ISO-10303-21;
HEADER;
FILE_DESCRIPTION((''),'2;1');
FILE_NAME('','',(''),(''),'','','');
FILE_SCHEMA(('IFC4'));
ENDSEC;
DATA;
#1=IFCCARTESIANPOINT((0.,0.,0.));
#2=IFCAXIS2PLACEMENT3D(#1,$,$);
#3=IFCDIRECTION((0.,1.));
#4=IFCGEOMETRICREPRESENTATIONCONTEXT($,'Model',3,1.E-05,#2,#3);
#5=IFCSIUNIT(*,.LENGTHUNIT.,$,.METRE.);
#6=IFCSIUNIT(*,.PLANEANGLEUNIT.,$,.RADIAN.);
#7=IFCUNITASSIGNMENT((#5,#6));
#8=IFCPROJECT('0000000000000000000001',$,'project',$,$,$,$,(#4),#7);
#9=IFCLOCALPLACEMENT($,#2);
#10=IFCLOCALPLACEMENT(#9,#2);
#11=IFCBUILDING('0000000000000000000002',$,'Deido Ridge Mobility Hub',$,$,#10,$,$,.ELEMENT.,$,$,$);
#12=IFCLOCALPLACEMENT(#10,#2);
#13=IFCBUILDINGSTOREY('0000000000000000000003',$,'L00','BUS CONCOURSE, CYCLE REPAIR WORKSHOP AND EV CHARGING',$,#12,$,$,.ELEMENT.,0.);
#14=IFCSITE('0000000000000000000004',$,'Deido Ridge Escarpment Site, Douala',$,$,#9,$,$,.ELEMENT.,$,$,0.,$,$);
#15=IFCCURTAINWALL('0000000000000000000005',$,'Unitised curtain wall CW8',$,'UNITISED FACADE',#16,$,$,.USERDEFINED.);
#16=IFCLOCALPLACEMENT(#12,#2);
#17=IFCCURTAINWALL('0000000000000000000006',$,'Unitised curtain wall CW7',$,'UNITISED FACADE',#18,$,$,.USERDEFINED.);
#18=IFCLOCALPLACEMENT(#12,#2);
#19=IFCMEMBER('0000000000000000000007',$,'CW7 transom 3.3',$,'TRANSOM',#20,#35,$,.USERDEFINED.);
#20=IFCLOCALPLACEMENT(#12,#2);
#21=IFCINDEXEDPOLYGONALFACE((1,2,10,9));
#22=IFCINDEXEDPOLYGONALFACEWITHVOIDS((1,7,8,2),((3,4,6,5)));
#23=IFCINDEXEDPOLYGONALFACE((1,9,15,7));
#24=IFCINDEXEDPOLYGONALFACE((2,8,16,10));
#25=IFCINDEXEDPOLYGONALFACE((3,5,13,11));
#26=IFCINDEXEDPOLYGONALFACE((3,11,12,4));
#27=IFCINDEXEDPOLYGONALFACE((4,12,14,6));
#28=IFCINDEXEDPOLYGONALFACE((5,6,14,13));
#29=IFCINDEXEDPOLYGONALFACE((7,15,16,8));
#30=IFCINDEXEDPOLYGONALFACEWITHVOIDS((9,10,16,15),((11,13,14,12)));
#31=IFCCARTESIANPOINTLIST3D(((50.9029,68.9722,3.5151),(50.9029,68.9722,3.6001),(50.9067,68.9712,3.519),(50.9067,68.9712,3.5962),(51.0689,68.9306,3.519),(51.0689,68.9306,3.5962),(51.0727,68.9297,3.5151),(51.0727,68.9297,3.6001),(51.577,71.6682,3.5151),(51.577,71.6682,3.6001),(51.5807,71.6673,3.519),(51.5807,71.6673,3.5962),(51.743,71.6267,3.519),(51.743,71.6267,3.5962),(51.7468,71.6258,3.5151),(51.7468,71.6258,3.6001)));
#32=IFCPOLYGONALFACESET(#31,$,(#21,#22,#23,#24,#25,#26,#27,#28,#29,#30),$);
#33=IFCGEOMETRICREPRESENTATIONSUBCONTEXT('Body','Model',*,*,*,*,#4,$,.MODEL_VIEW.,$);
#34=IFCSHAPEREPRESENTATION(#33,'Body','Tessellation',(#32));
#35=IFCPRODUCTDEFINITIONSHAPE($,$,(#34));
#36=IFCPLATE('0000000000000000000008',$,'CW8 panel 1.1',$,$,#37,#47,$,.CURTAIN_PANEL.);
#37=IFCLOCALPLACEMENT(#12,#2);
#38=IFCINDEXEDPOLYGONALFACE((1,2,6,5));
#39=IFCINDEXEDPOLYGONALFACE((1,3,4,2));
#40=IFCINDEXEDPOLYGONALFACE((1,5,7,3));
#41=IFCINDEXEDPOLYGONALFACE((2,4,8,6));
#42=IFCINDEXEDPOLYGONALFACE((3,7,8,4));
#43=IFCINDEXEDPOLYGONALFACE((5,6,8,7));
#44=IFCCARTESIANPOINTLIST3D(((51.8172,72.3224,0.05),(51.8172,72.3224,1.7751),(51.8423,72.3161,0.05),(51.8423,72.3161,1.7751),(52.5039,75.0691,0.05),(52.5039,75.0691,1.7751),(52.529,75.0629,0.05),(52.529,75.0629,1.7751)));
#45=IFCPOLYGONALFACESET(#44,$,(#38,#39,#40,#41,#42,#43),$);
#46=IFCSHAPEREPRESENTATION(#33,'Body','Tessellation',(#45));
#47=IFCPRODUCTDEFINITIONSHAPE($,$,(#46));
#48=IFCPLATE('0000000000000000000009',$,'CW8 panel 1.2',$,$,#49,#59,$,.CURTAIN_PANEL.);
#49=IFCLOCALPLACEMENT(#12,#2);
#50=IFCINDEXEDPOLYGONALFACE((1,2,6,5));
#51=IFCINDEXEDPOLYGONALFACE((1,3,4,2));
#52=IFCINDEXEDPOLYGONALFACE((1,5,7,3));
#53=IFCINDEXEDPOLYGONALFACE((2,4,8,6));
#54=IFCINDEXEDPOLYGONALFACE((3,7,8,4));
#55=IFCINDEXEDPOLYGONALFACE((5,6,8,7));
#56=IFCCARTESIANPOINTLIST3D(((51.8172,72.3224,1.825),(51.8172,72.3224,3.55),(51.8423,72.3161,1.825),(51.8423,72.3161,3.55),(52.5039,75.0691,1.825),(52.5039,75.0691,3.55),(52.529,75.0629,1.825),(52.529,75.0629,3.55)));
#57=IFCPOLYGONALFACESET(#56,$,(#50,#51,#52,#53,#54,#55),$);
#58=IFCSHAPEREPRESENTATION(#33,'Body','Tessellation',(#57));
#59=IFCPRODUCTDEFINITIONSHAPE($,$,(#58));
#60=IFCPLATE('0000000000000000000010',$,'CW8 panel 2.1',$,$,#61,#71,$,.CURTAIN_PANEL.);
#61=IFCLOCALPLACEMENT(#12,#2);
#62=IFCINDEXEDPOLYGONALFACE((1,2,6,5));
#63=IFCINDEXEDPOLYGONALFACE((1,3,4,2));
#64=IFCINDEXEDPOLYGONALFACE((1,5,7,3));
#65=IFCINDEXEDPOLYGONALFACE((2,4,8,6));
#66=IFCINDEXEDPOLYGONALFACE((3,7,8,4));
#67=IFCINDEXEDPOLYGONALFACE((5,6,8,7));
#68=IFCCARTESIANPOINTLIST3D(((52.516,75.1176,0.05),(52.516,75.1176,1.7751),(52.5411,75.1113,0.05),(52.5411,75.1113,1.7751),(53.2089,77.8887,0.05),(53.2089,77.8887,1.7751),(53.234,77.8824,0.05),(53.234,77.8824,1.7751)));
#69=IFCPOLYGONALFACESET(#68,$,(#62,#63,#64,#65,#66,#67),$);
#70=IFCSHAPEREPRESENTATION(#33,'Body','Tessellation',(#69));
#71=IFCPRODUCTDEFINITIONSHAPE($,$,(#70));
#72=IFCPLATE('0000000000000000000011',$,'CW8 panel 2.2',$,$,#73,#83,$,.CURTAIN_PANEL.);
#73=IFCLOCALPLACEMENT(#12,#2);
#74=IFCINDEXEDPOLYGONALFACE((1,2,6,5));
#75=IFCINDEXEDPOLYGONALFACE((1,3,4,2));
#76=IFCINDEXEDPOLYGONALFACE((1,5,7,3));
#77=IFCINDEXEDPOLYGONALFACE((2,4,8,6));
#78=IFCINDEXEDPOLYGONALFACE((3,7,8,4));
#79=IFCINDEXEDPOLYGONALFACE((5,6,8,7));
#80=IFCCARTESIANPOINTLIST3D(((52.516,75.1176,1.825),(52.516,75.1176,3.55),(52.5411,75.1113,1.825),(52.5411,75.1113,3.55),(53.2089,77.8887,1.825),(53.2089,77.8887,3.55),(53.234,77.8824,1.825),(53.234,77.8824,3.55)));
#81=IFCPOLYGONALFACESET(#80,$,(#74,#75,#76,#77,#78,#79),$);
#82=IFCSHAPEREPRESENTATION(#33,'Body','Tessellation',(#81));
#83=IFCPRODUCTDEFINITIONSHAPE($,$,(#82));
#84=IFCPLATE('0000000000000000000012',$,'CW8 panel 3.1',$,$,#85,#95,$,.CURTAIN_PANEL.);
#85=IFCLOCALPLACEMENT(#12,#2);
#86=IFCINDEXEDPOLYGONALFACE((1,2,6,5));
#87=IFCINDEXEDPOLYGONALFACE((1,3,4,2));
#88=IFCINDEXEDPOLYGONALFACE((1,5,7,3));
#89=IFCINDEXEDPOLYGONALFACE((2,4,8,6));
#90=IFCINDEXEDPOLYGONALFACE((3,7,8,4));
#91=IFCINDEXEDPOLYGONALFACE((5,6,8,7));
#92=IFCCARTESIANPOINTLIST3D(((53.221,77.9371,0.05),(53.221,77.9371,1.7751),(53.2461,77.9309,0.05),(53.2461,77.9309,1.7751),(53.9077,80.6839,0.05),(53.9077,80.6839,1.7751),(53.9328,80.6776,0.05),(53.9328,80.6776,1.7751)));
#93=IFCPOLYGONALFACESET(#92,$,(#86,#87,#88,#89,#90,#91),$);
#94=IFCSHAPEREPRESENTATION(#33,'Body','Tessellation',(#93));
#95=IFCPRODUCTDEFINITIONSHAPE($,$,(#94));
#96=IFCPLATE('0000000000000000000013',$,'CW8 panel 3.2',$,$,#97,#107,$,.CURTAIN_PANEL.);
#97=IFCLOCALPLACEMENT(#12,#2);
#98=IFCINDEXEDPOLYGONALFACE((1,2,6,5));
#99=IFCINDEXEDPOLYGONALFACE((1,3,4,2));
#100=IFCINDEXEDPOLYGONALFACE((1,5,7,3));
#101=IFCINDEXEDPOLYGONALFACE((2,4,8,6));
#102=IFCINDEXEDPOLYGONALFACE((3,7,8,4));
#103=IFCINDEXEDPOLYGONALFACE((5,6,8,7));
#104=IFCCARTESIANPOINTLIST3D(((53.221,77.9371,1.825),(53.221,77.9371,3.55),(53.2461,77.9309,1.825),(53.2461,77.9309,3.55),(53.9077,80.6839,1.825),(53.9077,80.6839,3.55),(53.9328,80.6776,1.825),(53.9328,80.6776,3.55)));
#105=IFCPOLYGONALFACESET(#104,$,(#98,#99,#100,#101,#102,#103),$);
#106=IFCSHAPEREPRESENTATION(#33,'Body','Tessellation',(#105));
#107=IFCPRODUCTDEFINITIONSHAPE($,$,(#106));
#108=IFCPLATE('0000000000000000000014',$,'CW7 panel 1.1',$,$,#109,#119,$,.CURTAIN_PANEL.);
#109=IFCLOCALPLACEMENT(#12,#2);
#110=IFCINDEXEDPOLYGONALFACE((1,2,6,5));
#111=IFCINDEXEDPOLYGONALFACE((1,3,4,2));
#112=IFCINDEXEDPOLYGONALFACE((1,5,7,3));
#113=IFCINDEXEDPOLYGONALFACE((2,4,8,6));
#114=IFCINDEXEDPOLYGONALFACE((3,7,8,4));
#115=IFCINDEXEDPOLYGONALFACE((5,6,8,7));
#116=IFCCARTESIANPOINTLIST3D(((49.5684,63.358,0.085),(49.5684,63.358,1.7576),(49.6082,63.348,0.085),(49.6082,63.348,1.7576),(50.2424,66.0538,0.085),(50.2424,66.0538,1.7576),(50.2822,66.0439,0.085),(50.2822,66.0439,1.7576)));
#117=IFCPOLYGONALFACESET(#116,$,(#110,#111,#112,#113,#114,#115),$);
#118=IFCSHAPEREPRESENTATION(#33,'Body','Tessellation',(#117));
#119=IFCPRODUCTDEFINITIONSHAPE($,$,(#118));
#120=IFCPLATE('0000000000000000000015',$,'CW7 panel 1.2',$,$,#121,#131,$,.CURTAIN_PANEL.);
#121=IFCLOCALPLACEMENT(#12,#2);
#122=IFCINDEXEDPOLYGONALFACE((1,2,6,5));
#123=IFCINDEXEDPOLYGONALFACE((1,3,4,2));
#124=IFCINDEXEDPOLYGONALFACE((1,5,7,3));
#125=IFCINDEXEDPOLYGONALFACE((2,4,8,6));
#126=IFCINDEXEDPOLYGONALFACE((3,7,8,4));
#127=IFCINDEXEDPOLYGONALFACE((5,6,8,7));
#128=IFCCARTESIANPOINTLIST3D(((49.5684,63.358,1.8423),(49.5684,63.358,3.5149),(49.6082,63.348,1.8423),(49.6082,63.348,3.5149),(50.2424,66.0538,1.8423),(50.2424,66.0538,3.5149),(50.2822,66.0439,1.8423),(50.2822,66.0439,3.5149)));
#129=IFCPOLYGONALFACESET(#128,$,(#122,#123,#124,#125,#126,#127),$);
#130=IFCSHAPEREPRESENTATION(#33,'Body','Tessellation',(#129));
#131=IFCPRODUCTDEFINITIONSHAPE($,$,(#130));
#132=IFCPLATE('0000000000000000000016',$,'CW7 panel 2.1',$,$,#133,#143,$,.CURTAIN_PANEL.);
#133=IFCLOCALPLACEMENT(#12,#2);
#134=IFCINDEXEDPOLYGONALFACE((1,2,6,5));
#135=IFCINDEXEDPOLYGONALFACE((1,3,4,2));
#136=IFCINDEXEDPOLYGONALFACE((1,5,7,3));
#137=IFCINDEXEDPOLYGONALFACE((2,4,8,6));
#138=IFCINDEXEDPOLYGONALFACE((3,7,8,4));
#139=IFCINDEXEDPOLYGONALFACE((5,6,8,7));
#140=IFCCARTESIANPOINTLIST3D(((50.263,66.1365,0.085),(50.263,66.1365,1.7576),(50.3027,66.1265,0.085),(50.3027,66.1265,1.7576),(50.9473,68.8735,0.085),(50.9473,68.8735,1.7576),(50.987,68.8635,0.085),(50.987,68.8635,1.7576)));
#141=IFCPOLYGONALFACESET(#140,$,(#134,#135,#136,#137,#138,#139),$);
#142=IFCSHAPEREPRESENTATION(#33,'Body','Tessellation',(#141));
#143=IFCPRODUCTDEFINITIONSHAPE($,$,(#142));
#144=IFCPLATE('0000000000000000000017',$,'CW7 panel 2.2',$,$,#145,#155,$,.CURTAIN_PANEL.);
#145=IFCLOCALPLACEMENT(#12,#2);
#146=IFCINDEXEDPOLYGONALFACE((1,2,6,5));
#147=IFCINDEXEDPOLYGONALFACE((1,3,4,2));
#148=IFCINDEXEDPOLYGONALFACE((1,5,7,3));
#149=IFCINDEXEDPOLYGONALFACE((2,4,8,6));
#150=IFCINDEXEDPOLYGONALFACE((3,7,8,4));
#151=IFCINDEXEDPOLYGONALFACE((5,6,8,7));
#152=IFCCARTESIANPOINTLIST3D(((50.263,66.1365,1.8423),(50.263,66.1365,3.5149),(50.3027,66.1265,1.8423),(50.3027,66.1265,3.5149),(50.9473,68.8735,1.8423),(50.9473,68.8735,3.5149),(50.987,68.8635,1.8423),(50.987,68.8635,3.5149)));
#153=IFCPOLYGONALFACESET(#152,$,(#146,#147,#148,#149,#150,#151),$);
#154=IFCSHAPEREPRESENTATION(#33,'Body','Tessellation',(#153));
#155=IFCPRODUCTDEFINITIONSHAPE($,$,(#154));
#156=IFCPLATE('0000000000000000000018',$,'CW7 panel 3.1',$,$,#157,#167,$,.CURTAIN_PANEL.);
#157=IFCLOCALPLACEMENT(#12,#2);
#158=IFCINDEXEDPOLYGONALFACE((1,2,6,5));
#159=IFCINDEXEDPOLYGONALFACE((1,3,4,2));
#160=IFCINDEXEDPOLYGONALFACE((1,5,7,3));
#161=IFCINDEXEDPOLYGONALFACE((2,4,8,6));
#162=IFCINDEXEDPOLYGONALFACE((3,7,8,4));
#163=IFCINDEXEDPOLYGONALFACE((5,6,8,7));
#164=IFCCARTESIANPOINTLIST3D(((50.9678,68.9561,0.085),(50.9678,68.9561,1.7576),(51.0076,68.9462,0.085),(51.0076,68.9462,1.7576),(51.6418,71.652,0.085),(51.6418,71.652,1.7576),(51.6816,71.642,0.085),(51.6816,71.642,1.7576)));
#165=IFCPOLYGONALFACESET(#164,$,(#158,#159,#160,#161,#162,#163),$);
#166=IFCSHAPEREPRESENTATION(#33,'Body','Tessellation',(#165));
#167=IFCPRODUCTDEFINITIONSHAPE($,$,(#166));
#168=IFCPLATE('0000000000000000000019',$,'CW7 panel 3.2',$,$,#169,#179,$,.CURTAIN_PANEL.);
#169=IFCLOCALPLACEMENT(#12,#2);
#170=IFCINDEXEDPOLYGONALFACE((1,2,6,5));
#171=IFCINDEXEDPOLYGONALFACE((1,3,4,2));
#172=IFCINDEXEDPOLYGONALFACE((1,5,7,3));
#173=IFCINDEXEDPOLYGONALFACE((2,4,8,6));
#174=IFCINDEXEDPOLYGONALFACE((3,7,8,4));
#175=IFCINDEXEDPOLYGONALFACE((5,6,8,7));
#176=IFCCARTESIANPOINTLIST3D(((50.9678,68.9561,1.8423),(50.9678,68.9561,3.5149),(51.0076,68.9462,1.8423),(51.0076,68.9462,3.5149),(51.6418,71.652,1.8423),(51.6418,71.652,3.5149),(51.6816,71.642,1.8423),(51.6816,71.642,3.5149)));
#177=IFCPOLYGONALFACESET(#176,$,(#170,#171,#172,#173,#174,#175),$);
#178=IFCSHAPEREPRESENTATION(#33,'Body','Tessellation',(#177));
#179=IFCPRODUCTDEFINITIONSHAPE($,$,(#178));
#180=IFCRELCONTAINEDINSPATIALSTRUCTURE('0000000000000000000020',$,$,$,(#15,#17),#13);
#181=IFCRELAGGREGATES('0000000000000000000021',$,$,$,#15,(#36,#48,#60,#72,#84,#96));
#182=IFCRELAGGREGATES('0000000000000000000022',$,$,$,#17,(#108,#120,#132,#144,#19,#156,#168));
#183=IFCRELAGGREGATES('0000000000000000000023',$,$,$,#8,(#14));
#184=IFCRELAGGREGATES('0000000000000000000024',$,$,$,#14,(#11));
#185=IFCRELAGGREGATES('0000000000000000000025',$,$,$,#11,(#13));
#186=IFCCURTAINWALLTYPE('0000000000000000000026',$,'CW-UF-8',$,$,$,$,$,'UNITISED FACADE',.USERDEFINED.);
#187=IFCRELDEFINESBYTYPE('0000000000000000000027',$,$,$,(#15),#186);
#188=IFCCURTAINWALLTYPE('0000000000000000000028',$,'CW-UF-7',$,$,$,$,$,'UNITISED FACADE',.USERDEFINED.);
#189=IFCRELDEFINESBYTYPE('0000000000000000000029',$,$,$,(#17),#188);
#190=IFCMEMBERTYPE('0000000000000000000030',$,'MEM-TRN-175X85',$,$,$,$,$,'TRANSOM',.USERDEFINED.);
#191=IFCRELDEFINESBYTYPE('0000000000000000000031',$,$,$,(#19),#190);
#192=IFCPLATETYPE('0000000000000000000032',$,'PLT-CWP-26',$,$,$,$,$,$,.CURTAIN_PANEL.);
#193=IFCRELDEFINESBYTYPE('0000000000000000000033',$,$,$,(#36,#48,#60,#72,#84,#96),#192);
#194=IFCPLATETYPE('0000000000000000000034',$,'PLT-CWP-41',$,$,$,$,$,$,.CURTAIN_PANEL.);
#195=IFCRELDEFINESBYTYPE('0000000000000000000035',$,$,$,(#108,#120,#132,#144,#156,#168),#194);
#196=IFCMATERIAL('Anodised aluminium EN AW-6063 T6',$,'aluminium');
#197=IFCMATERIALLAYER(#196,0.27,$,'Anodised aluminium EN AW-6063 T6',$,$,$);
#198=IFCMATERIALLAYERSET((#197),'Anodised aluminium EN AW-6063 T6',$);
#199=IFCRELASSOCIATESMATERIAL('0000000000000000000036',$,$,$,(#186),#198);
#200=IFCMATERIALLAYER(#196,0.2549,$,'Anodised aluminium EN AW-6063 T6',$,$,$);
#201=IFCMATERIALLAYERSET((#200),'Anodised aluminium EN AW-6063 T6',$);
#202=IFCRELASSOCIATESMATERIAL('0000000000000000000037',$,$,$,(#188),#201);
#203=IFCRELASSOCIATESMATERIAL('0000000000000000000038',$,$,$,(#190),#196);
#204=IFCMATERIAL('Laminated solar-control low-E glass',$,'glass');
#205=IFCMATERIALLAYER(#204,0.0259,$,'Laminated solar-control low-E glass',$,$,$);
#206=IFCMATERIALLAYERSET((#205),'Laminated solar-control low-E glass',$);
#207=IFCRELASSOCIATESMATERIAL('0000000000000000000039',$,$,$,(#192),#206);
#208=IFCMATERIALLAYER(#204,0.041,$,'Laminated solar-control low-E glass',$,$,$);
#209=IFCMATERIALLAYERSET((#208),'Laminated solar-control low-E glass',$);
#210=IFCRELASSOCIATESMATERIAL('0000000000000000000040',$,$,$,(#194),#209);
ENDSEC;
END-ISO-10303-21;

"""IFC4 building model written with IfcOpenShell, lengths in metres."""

from ifc_helpers import new_model, si_unit, direction, frame, origin, origin_2d, place, context, subcontext, project, spatial, rectangle, hollow_rectangle, extrude, material, layer, layer_set, material_profile, profile_set, type_object, element, aggregate, save


model = new_model("IFC4")

# Units and contexts
model_context = context("Model", 3, precision=1e-05, world=origin(), true_north=direction((0.0, 1.0)))
body_context = subcontext(model_context, "Body", "Model", "MODEL_VIEW")
ifc_project = project(units=[si_unit("LENGTHUNIT", "METRE"), si_unit("PLANEANGLEUNIT", "RADIAN")], contexts=[model_context])

# Site, building, storey
site_placement = place(None, origin())
site = spatial("IfcSite", under=ifc_project, at=site_placement, Name="Deido Ridge Escarpment Site, Douala", CompositionType="ELEMENT", RefElevation=0.0)
building_placement = place(site_placement, origin())
building = spatial("IfcBuilding", under=site, at=building_placement, Name="Deido Ridge Mobility Hub", CompositionType="ELEMENT")
storey_placement = place(building_placement, origin())
storey = spatial("IfcBuildingStorey", under=building, at=storey_placement, Name="L00", Description="BUS CONCOURSE, CYCLE REPAIR WORKSHOP AND EV CHARGING", CompositionType="ELEMENT", Elevation=0.0)

# Curtain walls
ifc_material_1 = material(Name="Anodised aluminium EN AW-6063 T6", Category="aluminium")
ifc_layer_1 = layer(ifc_material_1, 0.27, Name="Anodised aluminium EN AW-6063 T6")
ifc_layer_set_1 = layer_set([ifc_layer_1], Name="Anodised aluminium EN AW-6063 T6")
curtain_wall_type_1 = type_object("IfcCurtainWallType", Name="CW-UF-8", ElementType="UNITISED FACADE", PredefinedType="USERDEFINED", material=ifc_layer_set_1)
curtain_wall_1_placement = place(storey_placement, origin())
curtain_wall_1 = element("IfcCurtainWall", 1, at=curtain_wall_1_placement, inside=storey, type_object=curtain_wall_type_1, Name="Unitised curtain wall CW8", ObjectType="UNITISED FACADE", PredefinedType="USERDEFINED")
ifc_layer_2 = layer(ifc_material_1, 0.2549, Name="Anodised aluminium EN AW-6063 T6")
ifc_layer_set_2 = layer_set([ifc_layer_2], Name="Anodised aluminium EN AW-6063 T6")
curtain_wall_type_2 = type_object("IfcCurtainWallType", Name="CW-UF-7", ElementType="UNITISED FACADE", PredefinedType="USERDEFINED", material=ifc_layer_set_2)
curtain_wall_2_placement = place(storey_placement, origin())
curtain_wall_2 = element("IfcCurtainWall", 2, at=curtain_wall_2_placement, inside=storey, type_object=curtain_wall_type_2, Name="Unitised curtain wall CW7", ObjectType="UNITISED FACADE", PredefinedType="USERDEFINED")

# Member
ifc_material_profile_1 = material_profile(ifc_material_1, hollow_rectangle(XDim=0.175, YDim=0.085, WallThickness=0.0039, at=origin_2d()), Name="RHS 175x85x4")
ifc_profile_set_1 = profile_set([ifc_material_profile_1], Name="Anodised aluminium EN AW-6063 T6")
member_type_1 = type_object("IfcMemberType", Name="MEM-TRN-175X85", ElementType="TRANSOM", PredefinedType="USERDEFINED", material=ifc_profile_set_1)
member_1_placement = place(storey_placement, frame((50.9878, 68.9509, 3.5576), z_axis=(0.242556, 0.970137, 0.0), x_axis=(-0.970137, 0.242556, 0.0)))
member_1 = element("IfcMember", 3, at=member_1_placement, type_object=member_type_1, Name="CW7 transom 3.3", ObjectType="TRANSOM", PredefinedType="USERDEFINED", context=body_context, shape_type="SweptSolid", body=[
    extrude(hollow_rectangle(XDim=0.175, YDim=0.085, WallThickness=0.0039, at=origin_2d()), origin(), (0.0, 0.0, 1.0), 2.7791),
])

# Plates
ifc_material_2 = material(Name="Laminated solar-control low-E glass", Category="glass")
ifc_layer_3 = layer(ifc_material_2, 0.0259, Name="Laminated solar-control low-E glass")
ifc_layer_set_3 = layer_set([ifc_layer_3], Name="Laminated solar-control low-E glass")
plate_type_1 = type_object("IfcPlateType", Name="PLT-CWP-26", PredefinedType="CURTAIN_PANEL", material=ifc_layer_set_3)
plate_1_placement = place(storey_placement, frame((52.1731, 73.6926, 0.05), z_axis=(0.0, 0.0, 1.0), x_axis=(0.242546, 0.97014, 0.0)))
plate_1 = element("IfcPlate", 4, at=plate_1_placement, type_object=plate_type_1, Name="CW8 panel 1.1", PredefinedType="CURTAIN_PANEL", context=body_context, shape_type="SweptSolid", body=[
    extrude(rectangle(XDim=2.8313, YDim=0.0259, at=origin_2d()), origin(), (0.0, 0.0, 1.0), 1.7251),
])
plate_2_placement = place(storey_placement, frame((52.1731, 73.6926, 1.825), z_axis=(0.0, 0.0, 1.0), x_axis=(0.242546, 0.97014, 0.0)))
plate_2 = element("IfcPlate", 5, at=plate_2_placement, type_object=plate_type_1, Name="CW8 panel 1.2", PredefinedType="CURTAIN_PANEL", context=body_context, shape_type="SweptSolid", body=[
    extrude(rectangle(XDim=2.8313, YDim=0.0259, at=origin_2d()), origin(), (0.0, 0.0, 1.0), 1.7251),
])
plate_3_placement = place(storey_placement, frame((52.875, 76.5, 0.05), z_axis=(0.0, 0.0, 1.0), x_axis=(0.242546, 0.97014, 0.0)))
plate_3 = element("IfcPlate", 6, at=plate_3_placement, type_object=plate_type_1, Name="CW8 panel 2.1", PredefinedType="CURTAIN_PANEL", context=body_context, shape_type="SweptSolid", body=[
    extrude(rectangle(XDim=2.8564, YDim=0.0259, at=origin_2d()), origin(), (0.0, 0.0, 1.0), 1.7251),
])
plate_4_placement = place(storey_placement, frame((52.875, 76.5, 1.825), z_axis=(0.0, 0.0, 1.0), x_axis=(0.242546, 0.97014, 0.0)))
plate_4 = element("IfcPlate", 7, at=plate_4_placement, type_object=plate_type_1, Name="CW8 panel 2.2", PredefinedType="CURTAIN_PANEL", context=body_context, shape_type="SweptSolid", body=[
    extrude(rectangle(XDim=2.8564, YDim=0.0259, at=origin_2d()), origin(), (0.0, 0.0, 1.0), 1.7251),
])
plate_5_placement = place(storey_placement, frame((53.5769, 79.3074, 0.05), z_axis=(0.0, 0.0, 1.0), x_axis=(0.242546, 0.97014, 0.0)))
plate_5 = element("IfcPlate", 8, at=plate_5_placement, type_object=plate_type_1, Name="CW8 panel 3.1", PredefinedType="CURTAIN_PANEL", context=body_context, shape_type="SweptSolid", body=[
    extrude(rectangle(XDim=2.8313, YDim=0.0259, at=origin_2d()), origin(), (0.0, 0.0, 1.0), 1.7251),
])
plate_6_placement = place(storey_placement, frame((53.5769, 79.3074, 1.825), z_axis=(0.0, 0.0, 1.0), x_axis=(0.242546, 0.97014, 0.0)))
plate_6 = element("IfcPlate", 9, at=plate_6_placement, type_object=plate_type_1, Name="CW8 panel 3.2", PredefinedType="CURTAIN_PANEL", context=body_context, shape_type="SweptSolid", body=[
    extrude(rectangle(XDim=2.8313, YDim=0.0259, at=origin_2d()), origin(), (0.0, 0.0, 1.0), 1.7251),
])
aggregate(curtain_wall_1, [plate_1, plate_2, plate_3, plate_4, plate_5, plate_6])
ifc_layer_4 = layer(ifc_material_2, 0.041, Name="Laminated solar-control low-E glass")
ifc_layer_set_4 = layer_set([ifc_layer_4], Name="Laminated solar-control low-E glass")
plate_type_2 = type_object("IfcPlateType", Name="PLT-CWP-41", PredefinedType="CURTAIN_PANEL", material=ifc_layer_set_4)
plate_7_placement = place(storey_placement, frame((49.9253, 64.7009, 0.085), z_axis=(0.0, 0.0, 1.0), x_axis=(0.242546, 0.97014, 0.0)))
plate_7 = element("IfcPlate", 10, at=plate_7_placement, type_object=plate_type_2, Name="CW7 panel 1.1", PredefinedType="CURTAIN_PANEL", context=body_context, shape_type="SweptSolid", body=[
    extrude(rectangle(XDim=2.7788, YDim=0.041, at=origin_2d()), origin(), (0.0, 0.0, 1.0), 1.6726),
])
plate_8_placement = place(storey_placement, frame((49.9253, 64.7009, 1.8423), z_axis=(0.0, 0.0, 1.0), x_axis=(0.242546, 0.97014, 0.0)))
plate_8 = element("IfcPlate", 11, at=plate_8_placement, type_object=plate_type_2, Name="CW7 panel 1.2", PredefinedType="CURTAIN_PANEL", context=body_context, shape_type="SweptSolid", body=[
    extrude(rectangle(XDim=2.7788, YDim=0.041, at=origin_2d()), origin(), (0.0, 0.0, 1.0), 1.6726),
])
plate_9_placement = place(storey_placement, frame((50.625, 67.5, 0.085), z_axis=(0.0, 0.0, 1.0), x_axis=(0.242546, 0.97014, 0.0)))
plate_9 = element("IfcPlate", 12, at=plate_9_placement, type_object=plate_type_2, Name="CW7 panel 2.1", PredefinedType="CURTAIN_PANEL", context=body_context, shape_type="SweptSolid", body=[
    extrude(rectangle(XDim=2.8213, YDim=0.041, at=origin_2d()), origin(), (0.0, 0.0, 1.0), 1.6726),
])
plate_10_placement = place(storey_placement, frame((50.625, 67.5, 1.8423), z_axis=(0.0, 0.0, 1.0), x_axis=(0.242546, 0.97014, 0.0)))
plate_10 = element("IfcPlate", 13, at=plate_10_placement, type_object=plate_type_2, Name="CW7 panel 2.2", PredefinedType="CURTAIN_PANEL", context=body_context, shape_type="SweptSolid", body=[
    extrude(rectangle(XDim=2.8213, YDim=0.041, at=origin_2d()), origin(), (0.0, 0.0, 1.0), 1.6726),
])
plate_11_placement = place(storey_placement, frame((51.3247, 70.2991, 0.085), z_axis=(0.0, 0.0, 1.0), x_axis=(0.242546, 0.97014, 0.0)))
plate_11 = element("IfcPlate", 14, at=plate_11_placement, type_object=plate_type_2, Name="CW7 panel 3.1", PredefinedType="CURTAIN_PANEL", context=body_context, shape_type="SweptSolid", body=[
    extrude(rectangle(XDim=2.7788, YDim=0.041, at=origin_2d()), origin(), (0.0, 0.0, 1.0), 1.6726),
])
plate_12_placement = place(storey_placement, frame((51.3247, 70.2991, 1.8423), z_axis=(0.0, 0.0, 1.0), x_axis=(0.242546, 0.97014, 0.0)))
plate_12 = element("IfcPlate", 15, at=plate_12_placement, type_object=plate_type_2, Name="CW7 panel 3.2", PredefinedType="CURTAIN_PANEL", context=body_context, shape_type="SweptSolid", body=[
    extrude(rectangle(XDim=2.7788, YDim=0.041, at=origin_2d()), origin(), (0.0, 0.0, 1.0), 1.6726),
])
aggregate(curtain_wall_2, [plate_7, plate_8, plate_9, plate_10, member_1, plate_11, plate_12])

save(model, "model.ifc")
